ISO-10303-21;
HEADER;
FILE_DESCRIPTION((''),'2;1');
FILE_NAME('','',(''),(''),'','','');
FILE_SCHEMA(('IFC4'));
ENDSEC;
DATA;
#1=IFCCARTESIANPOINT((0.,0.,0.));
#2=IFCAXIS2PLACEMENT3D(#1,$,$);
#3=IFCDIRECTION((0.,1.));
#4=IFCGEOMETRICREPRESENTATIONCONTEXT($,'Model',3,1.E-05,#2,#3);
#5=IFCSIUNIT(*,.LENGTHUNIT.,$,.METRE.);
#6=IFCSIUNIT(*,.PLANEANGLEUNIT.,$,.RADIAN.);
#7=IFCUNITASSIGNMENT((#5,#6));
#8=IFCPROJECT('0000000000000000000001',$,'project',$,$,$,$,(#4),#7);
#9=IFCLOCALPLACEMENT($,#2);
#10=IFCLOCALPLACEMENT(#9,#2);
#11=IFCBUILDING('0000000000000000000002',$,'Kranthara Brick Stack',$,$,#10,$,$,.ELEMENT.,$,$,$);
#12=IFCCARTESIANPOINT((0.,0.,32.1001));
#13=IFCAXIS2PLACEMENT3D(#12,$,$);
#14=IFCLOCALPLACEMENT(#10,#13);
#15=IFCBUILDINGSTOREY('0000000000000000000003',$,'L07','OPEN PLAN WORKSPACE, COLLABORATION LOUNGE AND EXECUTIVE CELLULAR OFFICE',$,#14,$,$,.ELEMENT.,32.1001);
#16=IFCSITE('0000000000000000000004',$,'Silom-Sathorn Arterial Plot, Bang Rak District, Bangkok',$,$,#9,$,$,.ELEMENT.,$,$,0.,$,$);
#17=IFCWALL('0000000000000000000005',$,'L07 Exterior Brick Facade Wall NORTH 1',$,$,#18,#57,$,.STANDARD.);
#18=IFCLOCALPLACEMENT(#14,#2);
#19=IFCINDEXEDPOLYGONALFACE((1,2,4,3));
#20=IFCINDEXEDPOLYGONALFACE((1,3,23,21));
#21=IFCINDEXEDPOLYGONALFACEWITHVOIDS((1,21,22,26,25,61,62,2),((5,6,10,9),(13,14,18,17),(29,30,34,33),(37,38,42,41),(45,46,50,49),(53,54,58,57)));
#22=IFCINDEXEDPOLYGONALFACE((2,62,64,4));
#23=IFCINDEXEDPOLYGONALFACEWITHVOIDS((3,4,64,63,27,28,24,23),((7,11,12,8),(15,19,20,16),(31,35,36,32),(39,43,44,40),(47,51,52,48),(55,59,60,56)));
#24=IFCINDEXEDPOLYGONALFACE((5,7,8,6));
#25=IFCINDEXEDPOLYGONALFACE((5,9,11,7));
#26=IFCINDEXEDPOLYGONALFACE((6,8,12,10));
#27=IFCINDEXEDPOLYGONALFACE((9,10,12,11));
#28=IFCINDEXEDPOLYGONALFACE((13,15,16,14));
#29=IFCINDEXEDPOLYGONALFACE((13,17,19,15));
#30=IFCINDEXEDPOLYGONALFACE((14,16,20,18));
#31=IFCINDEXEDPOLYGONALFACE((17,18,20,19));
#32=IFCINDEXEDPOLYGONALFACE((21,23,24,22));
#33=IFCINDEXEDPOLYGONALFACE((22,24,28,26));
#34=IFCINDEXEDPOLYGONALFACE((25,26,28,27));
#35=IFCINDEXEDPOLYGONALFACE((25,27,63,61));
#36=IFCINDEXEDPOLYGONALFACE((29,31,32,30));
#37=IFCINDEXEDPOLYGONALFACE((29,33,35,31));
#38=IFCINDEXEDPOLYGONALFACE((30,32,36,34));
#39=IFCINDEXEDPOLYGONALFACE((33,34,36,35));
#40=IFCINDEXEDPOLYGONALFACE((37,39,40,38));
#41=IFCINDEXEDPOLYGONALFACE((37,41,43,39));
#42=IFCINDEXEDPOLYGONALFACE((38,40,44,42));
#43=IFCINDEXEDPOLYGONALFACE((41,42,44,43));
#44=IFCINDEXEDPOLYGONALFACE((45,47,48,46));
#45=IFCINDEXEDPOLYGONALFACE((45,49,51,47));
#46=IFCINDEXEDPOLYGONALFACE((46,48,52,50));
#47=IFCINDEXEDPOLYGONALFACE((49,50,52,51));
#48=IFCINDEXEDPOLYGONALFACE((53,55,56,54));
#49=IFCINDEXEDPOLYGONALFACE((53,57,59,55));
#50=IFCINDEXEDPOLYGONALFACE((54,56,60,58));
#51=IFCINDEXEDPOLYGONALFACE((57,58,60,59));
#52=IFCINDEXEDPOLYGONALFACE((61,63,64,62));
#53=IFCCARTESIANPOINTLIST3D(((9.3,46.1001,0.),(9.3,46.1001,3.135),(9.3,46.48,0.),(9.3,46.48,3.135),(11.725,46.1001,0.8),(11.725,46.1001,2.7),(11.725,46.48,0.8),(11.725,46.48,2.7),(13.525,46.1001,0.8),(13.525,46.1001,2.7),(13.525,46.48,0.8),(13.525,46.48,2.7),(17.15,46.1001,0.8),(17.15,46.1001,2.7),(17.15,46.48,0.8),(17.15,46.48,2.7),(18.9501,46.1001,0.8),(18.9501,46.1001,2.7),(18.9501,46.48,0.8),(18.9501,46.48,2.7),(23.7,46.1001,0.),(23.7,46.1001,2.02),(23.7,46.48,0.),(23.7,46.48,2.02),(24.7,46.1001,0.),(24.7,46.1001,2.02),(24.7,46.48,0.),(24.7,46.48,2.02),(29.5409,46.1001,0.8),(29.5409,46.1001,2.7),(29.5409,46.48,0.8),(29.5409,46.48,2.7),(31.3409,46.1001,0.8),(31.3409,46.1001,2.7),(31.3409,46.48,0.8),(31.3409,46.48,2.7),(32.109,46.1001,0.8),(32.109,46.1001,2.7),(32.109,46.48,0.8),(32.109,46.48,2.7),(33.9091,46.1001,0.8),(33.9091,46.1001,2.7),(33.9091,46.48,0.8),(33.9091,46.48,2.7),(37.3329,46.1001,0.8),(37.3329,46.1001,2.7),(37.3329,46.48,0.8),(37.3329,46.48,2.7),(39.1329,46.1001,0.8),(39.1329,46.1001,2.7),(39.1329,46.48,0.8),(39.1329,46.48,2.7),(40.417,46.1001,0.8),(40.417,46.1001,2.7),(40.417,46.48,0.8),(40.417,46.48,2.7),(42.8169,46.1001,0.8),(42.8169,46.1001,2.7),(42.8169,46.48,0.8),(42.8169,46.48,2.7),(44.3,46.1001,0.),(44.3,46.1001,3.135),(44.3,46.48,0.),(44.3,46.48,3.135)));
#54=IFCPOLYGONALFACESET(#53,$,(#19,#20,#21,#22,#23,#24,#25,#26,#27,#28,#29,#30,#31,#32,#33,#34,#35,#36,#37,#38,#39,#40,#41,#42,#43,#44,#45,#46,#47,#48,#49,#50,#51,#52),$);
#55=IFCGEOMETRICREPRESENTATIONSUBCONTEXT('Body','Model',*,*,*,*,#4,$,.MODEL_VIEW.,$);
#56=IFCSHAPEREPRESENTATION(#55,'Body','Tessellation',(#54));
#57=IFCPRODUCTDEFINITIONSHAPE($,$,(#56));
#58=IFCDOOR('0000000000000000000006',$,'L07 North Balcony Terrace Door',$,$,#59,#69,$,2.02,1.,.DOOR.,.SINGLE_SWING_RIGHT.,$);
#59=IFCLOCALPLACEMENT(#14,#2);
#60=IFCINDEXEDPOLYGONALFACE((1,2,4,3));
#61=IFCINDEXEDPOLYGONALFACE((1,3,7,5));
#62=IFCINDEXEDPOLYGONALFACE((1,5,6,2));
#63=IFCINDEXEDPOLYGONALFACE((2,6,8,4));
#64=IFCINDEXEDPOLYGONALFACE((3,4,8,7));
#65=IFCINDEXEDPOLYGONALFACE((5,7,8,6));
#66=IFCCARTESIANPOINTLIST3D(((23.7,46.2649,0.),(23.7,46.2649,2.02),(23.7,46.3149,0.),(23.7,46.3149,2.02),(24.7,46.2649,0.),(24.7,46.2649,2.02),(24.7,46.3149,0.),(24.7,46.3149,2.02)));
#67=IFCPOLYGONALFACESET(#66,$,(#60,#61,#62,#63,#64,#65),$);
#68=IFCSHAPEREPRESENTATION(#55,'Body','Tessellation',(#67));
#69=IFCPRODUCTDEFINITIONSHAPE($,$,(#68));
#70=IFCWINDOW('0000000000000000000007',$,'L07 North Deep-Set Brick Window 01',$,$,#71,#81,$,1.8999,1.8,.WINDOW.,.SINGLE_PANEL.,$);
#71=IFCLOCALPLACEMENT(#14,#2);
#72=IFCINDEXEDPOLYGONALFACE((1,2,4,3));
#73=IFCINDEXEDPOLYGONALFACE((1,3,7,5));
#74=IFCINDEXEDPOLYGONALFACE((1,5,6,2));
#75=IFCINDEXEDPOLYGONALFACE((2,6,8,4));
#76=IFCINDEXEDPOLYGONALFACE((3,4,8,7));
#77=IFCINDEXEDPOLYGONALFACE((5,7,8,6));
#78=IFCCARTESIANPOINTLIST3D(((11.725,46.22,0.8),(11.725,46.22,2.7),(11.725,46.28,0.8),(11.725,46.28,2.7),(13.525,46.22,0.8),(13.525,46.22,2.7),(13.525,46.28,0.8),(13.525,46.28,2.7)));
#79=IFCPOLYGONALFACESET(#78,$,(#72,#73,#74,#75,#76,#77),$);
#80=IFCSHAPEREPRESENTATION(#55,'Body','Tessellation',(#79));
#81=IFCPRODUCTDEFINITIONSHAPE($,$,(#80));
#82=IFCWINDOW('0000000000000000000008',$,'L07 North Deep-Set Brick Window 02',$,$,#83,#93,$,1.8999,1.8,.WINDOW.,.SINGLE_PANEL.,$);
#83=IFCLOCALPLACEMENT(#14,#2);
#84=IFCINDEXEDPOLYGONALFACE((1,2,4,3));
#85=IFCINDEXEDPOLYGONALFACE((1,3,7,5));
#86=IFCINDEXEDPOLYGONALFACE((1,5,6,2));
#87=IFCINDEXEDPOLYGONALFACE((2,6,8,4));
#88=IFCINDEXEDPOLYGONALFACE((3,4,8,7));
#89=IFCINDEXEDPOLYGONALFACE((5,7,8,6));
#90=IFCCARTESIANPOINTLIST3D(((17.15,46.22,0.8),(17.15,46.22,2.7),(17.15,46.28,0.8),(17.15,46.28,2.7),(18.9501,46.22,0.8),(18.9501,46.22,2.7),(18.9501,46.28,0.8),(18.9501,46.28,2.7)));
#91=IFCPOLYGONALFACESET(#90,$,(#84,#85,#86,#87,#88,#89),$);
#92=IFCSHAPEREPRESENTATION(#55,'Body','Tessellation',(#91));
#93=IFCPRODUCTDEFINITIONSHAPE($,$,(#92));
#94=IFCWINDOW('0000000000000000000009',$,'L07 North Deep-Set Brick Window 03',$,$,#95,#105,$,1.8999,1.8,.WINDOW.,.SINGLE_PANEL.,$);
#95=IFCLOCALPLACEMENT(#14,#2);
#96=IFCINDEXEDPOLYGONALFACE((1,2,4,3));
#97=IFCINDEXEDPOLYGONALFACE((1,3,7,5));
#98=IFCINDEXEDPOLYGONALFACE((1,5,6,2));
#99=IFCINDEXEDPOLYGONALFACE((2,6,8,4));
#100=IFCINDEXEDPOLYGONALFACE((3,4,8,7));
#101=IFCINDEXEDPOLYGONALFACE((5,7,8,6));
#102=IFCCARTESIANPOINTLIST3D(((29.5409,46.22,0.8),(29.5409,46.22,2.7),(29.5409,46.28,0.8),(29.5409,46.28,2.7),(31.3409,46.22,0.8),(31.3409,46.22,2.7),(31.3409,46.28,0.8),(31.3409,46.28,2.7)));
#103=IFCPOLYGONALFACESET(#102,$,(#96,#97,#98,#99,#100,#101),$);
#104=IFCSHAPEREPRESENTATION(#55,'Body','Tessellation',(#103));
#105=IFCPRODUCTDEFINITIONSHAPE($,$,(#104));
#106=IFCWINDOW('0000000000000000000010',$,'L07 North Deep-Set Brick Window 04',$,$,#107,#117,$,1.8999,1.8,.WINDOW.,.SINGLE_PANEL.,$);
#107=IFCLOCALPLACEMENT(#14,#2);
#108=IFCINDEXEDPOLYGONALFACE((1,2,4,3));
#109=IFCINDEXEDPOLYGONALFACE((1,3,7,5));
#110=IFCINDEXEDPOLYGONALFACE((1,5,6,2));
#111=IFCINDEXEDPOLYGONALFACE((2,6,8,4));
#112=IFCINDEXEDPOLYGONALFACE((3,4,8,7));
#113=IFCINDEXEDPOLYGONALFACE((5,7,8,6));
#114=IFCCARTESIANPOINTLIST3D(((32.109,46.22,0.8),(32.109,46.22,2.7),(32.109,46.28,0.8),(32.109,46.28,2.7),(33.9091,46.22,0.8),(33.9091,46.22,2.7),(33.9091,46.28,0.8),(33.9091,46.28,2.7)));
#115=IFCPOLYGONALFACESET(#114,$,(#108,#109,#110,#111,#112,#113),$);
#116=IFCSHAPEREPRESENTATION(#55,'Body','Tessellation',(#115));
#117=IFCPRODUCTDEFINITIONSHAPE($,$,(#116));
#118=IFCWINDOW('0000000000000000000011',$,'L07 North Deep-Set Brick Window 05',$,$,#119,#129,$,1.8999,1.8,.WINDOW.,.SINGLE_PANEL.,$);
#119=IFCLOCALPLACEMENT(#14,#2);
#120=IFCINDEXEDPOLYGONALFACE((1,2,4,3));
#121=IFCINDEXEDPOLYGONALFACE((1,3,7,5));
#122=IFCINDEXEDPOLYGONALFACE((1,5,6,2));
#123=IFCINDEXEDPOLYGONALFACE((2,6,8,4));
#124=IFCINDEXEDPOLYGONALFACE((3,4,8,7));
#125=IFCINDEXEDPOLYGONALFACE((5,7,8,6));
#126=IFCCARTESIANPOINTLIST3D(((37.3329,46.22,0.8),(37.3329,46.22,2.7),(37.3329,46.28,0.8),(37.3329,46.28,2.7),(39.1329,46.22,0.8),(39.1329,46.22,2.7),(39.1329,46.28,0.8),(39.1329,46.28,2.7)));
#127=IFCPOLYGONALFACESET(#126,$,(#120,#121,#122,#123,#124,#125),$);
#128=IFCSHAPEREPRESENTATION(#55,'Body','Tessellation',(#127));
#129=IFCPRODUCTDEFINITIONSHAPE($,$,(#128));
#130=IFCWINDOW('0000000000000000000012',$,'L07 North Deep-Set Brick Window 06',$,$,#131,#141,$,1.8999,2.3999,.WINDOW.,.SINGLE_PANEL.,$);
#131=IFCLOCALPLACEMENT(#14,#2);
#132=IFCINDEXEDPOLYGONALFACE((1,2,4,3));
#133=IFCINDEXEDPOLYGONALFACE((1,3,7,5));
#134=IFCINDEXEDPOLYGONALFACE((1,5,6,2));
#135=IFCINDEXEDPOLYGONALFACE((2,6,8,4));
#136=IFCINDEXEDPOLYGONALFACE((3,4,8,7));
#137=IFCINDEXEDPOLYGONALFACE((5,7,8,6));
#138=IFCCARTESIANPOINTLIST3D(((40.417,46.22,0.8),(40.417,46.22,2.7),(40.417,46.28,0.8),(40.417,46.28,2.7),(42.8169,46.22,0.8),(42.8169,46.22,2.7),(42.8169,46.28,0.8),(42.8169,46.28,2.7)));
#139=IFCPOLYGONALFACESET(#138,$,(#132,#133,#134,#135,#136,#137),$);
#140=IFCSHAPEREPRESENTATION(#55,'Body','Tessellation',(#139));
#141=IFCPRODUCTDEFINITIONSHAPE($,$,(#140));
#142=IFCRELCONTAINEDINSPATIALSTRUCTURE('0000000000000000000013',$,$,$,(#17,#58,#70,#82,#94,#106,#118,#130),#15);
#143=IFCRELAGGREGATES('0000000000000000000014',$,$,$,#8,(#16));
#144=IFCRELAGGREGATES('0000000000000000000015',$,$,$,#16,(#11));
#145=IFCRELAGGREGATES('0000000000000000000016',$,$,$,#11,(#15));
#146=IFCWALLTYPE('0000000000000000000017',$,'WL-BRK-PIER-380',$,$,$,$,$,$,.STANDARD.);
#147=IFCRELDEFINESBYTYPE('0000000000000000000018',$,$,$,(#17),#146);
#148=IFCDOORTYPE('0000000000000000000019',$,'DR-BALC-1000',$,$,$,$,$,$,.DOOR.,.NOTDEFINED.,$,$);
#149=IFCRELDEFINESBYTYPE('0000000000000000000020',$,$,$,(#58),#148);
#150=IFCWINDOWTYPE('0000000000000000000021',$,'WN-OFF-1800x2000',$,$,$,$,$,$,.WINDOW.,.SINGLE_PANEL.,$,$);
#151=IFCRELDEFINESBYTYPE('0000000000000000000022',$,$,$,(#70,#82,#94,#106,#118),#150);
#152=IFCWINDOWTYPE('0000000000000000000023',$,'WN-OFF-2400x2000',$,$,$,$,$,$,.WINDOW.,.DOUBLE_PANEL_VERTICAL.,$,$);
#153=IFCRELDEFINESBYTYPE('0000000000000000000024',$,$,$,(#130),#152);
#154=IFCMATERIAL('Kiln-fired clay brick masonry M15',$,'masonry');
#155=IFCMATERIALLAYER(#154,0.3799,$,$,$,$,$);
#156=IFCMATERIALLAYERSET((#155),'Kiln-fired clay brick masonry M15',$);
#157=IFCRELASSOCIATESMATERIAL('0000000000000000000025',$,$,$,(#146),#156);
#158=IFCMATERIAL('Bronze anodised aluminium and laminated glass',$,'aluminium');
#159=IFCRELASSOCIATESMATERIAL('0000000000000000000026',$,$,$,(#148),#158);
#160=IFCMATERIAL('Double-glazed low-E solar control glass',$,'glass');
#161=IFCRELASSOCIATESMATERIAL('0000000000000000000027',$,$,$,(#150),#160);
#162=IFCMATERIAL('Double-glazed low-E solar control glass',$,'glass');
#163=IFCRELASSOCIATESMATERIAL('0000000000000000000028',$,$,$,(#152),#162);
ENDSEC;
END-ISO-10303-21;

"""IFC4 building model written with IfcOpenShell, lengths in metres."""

from ifc_helpers import new_model, si_unit, direction, frame, frame_2d, origin, place, context, subcontext, project, spatial, rectangle, extrude, material, layer, layer_set, type_object, element, fill, save


model = new_model("IFC4")

# Units and contexts
model_context = context("Model", 3, precision=1e-05, world=origin(), true_north=direction((0.0, 1.0)))
body_context = subcontext(model_context, "Body", "Model", "MODEL_VIEW")
ifc_project = project(units=[si_unit("LENGTHUNIT", "METRE"), si_unit("PLANEANGLEUNIT", "RADIAN")], contexts=[model_context])

# Site, building, storey
site_placement = place(None, origin())
site = spatial("IfcSite", under=ifc_project, at=site_placement, Name="Silom-Sathorn Arterial Plot, Bang Rak District, Bangkok", CompositionType="ELEMENT", RefElevation=0.0)
building_placement = place(site_placement, origin())
building = spatial("IfcBuilding", under=site, at=building_placement, Name="Kranthara Brick Stack", CompositionType="ELEMENT")
storey_placement = place(building_placement, frame((0.0, 0.0, 32.1001)))
storey = spatial("IfcBuildingStorey", under=building, at=storey_placement, Name="L07", Description="OPEN PLAN WORKSPACE, COLLABORATION LOUNGE AND EXECUTIVE CELLULAR OFFICE", CompositionType="ELEMENT", Elevation=32.1001)

# Wall, openings, door, windows
ifc_material_1 = material(Name="Kiln-fired clay brick masonry M15", Category="masonry")
ifc_layer_1 = layer(ifc_material_1, 0.3799)
ifc_layer_set_1 = layer_set([ifc_layer_1], Name="Kiln-fired clay brick masonry M15")
wall_type_1 = type_object("IfcWallType", Name="WL-BRK-PIER-380", PredefinedType="STANDARD", material=ifc_layer_set_1)
wall_1_placement = place(storey_placement, frame((9.3, 46.29, 0.0), z_axis=(0.0, 0.0, 1.0), x_axis=(1.0, 0.0, 0.0)))
wall_1 = element("IfcWall", 1, at=wall_1_placement, inside=storey, type_object=wall_type_1, Name="L07 Exterior Brick Facade Wall NORTH 1", PredefinedType="STANDARD", context=body_context, shape_type="SweptSolid", body=[
    extrude(rectangle(XDim=35.0, YDim=0.3799, at=frame_2d((17.5, 0.0))), origin(), (0.0, 0.0, 1.0), 3.135),
])
opening_1_placement = place(wall_1_placement, frame((14.3999, 0.0, 0.0)))
opening_1 = element("IfcOpeningElement", 2, at=opening_1_placement, cuts=wall_1, PredefinedType="OPENING", context=body_context, shape_type="SweptSolid", body=[
    extrude(rectangle(XDim=1.0, YDim=2.02, at=frame_2d((0.5, 1.01))), frame((0.0, 0.2, 0.0), z_axis=(0.0, -1.0, 0.0), x_axis=(1.0, 0.0, 0.0)), (0.0, 0.0, 1.0), 0.3999),
])
opening_2_placement = place(wall_1_placement, frame((2.425, 0.0, 0.8)))
opening_2 = element("IfcOpeningElement", 3, at=opening_2_placement, cuts=wall_1, PredefinedType="OPENING", context=body_context, shape_type="SweptSolid", body=[
    extrude(rectangle(XDim=1.8, YDim=1.8999, at=frame_2d((0.8999, 0.95))), frame((0.0, 0.2, 0.0), z_axis=(0.0, -1.0, 0.0), x_axis=(1.0, 0.0, 0.0)), (0.0, 0.0, 1.0), 0.3999),
])
opening_3_placement = place(wall_1_placement, frame((7.8501, 0.0, 0.8)))
opening_3 = element("IfcOpeningElement", 4, at=opening_3_placement, cuts=wall_1, PredefinedType="OPENING", context=body_context, shape_type="SweptSolid", body=[
    extrude(rectangle(XDim=1.8, YDim=1.8999, at=frame_2d((0.8999, 0.95))), frame((0.0, 0.2, 0.0), z_axis=(0.0, -1.0, 0.0), x_axis=(1.0, 0.0, 0.0)), (0.0, 0.0, 1.0), 0.3999),
])
opening_4_placement = place(wall_1_placement, frame((20.241, 0.0, 0.8)))
opening_4 = element("IfcOpeningElement", 5, at=opening_4_placement, cuts=wall_1, PredefinedType="OPENING", context=body_context, shape_type="SweptSolid", body=[
    extrude(rectangle(XDim=1.8, YDim=1.8999, at=frame_2d((0.8999, 0.95))), frame((0.0, 0.2, 0.0), z_axis=(0.0, -1.0, 0.0), x_axis=(1.0, 0.0, 0.0)), (0.0, 0.0, 1.0), 0.3999),
])
opening_5_placement = place(wall_1_placement, frame((22.8091, 0.0, 0.8)))
opening_5 = element("IfcOpeningElement", 6, at=opening_5_placement, cuts=wall_1, PredefinedType="OPENING", context=body_context, shape_type="SweptSolid", body=[
    extrude(rectangle(XDim=1.8, YDim=1.8999, at=frame_2d((0.8999, 0.95))), frame((0.0, 0.2, 0.0), z_axis=(0.0, -1.0, 0.0), x_axis=(1.0, 0.0, 0.0)), (0.0, 0.0, 1.0), 0.3999),
])
opening_6_placement = place(wall_1_placement, frame((28.033, 0.0, 0.8)))
opening_6 = element("IfcOpeningElement", 7, at=opening_6_placement, cuts=wall_1, PredefinedType="OPENING", context=body_context, shape_type="SweptSolid", body=[
    extrude(rectangle(XDim=1.8, YDim=1.8999, at=frame_2d((0.8999, 0.95))), frame((0.0, 0.2, 0.0), z_axis=(0.0, -1.0, 0.0), x_axis=(1.0, 0.0, 0.0)), (0.0, 0.0, 1.0), 0.3999),
])
opening_7_placement = place(wall_1_placement, frame((31.1169, 0.0, 0.8)))
opening_7 = element("IfcOpeningElement", 8, at=opening_7_placement, cuts=wall_1, PredefinedType="OPENING", context=body_context, shape_type="SweptSolid", body=[
    extrude(rectangle(XDim=2.3999, YDim=1.8999, at=frame_2d((1.2, 0.95))), frame((0.0, 0.2, 0.0), z_axis=(0.0, -1.0, 0.0), x_axis=(1.0, 0.0, 0.0)), (0.0, 0.0, 1.0), 0.3999),
])
ifc_material_2 = material(Name="Bronze anodised aluminium and laminated glass", Category="aluminium")
door_type_1 = type_object("IfcDoorType", Name="DR-BALC-1000", OperationType="NOTDEFINED", PredefinedType="DOOR", material=ifc_material_2)
door_1_placement = place(opening_1_placement, origin())
door_1 = element("IfcDoor", 9, at=door_1_placement, inside=storey, type_object=door_type_1, Name="L07 North Balcony Terrace Door", OperationType="SINGLE_SWING_RIGHT", OverallHeight=2.02, OverallWidth=1.0, PredefinedType="DOOR", context=body_context, shape_type="SweptSolid", body=[
    extrude(rectangle(XDim=1.0, YDim=2.02, at=frame_2d((0.5, 1.01))), frame((0.0, 0.0249, 0.0), z_axis=(0.0, -1.0, 0.0), x_axis=(1.0, 0.0, 0.0)), (0.0, 0.0, 1.0), 0.05),
])
fill(opening_1, door_1)
ifc_material_3 = material(Name="Double-glazed low-E solar control glass", Category="glass")
window_type_1 = type_object("IfcWindowType", Name="WN-OFF-1800x2000", PartitioningType="SINGLE_PANEL", PredefinedType="WINDOW", material=ifc_material_3)
window_1_placement = place(opening_2_placement, origin())
window_1 = element("IfcWindow", 10, at=window_1_placement, inside=storey, type_object=window_type_1, Name="L07 North Deep-Set Brick Window 01", OverallHeight=1.8999, OverallWidth=1.8, PartitioningType="SINGLE_PANEL", PredefinedType="WINDOW", context=body_context, shape_type="SweptSolid", body=[
    extrude(rectangle(XDim=1.8, YDim=1.8999, at=frame_2d((0.8999, 0.95))), frame((0.0, -0.01, 0.0), z_axis=(0.0, -1.0, 0.0), x_axis=(1.0, 0.0, 0.0)), (0.0, 0.0, 1.0), 0.0601),
])
fill(opening_2, window_1)
window_2_placement = place(opening_3_placement, origin())
window_2 = element("IfcWindow", 11, at=window_2_placement, inside=storey, type_object=window_type_1, Name="L07 North Deep-Set Brick Window 02", OverallHeight=1.8999, OverallWidth=1.8, PartitioningType="SINGLE_PANEL", PredefinedType="WINDOW", context=body_context, shape_type="SweptSolid", body=[
    extrude(rectangle(XDim=1.8, YDim=1.8999, at=frame_2d((0.8999, 0.95))), frame((0.0, -0.01, 0.0), z_axis=(0.0, -1.0, 0.0), x_axis=(1.0, 0.0, 0.0)), (0.0, 0.0, 1.0), 0.0601),
])
fill(opening_3, window_2)
window_3_placement = place(opening_4_placement, origin())
window_3 = element("IfcWindow", 12, at=window_3_placement, inside=storey, type_object=window_type_1, Name="L07 North Deep-Set Brick Window 03", OverallHeight=1.8999, OverallWidth=1.8, PartitioningType="SINGLE_PANEL", PredefinedType="WINDOW", context=body_context, shape_type="SweptSolid", body=[
    extrude(rectangle(XDim=1.8, YDim=1.8999, at=frame_2d((0.8999, 0.95))), frame((0.0, -0.01, 0.0), z_axis=(0.0, -1.0, 0.0), x_axis=(1.0, 0.0, 0.0)), (0.0, 0.0, 1.0), 0.0601),
])
fill(opening_4, window_3)
window_4_placement = place(opening_5_placement, origin())
window_4 = element("IfcWindow", 13, at=window_4_placement, inside=storey, type_object=window_type_1, Name="L07 North Deep-Set Brick Window 04", OverallHeight=1.8999, OverallWidth=1.8, PartitioningType="SINGLE_PANEL", PredefinedType="WINDOW", context=body_context, shape_type="SweptSolid", body=[
    extrude(rectangle(XDim=1.8, YDim=1.8999, at=frame_2d((0.8999, 0.95))), frame((0.0, -0.01, 0.0), z_axis=(0.0, -1.0, 0.0), x_axis=(1.0, 0.0, 0.0)), (0.0, 0.0, 1.0), 0.0601),
])
fill(opening_5, window_4)
window_5_placement = place(opening_6_placement, origin())
window_5 = element("IfcWindow", 14, at=window_5_placement, inside=storey, type_object=window_type_1, Name="L07 North Deep-Set Brick Window 05", OverallHeight=1.8999, OverallWidth=1.8, PartitioningType="SINGLE_PANEL", PredefinedType="WINDOW", context=body_context, shape_type="SweptSolid", body=[
    extrude(rectangle(XDim=1.8, YDim=1.8999, at=frame_2d((0.8999, 0.95))), frame((0.0, -0.01, 0.0), z_axis=(0.0, -1.0, 0.0), x_axis=(1.0, 0.0, 0.0)), (0.0, 0.0, 1.0), 0.0601),
])
fill(opening_6, window_5)
ifc_material_4 = material(Name="Double-glazed low-E solar control glass", Category="glass")
window_type_2 = type_object("IfcWindowType", Name="WN-OFF-2400x2000", PartitioningType="DOUBLE_PANEL_VERTICAL", PredefinedType="WINDOW", material=ifc_material_4)
window_6_placement = place(opening_7_placement, origin())
window_6 = element("IfcWindow", 15, at=window_6_placement, inside=storey, type_object=window_type_2, Name="L07 North Deep-Set Brick Window 06", OverallHeight=1.8999, OverallWidth=2.3999, PartitioningType="SINGLE_PANEL", PredefinedType="WINDOW", context=body_context, shape_type="SweptSolid", body=[
    extrude(rectangle(XDim=2.3999, YDim=1.8999, at=frame_2d((1.2, 0.95))), frame((0.0, -0.01, 0.0), z_axis=(0.0, -1.0, 0.0), x_axis=(1.0, 0.0, 0.0)), (0.0, 0.0, 1.0), 0.0601),
])
fill(opening_7, window_6)

save(model, "model.ifc")
